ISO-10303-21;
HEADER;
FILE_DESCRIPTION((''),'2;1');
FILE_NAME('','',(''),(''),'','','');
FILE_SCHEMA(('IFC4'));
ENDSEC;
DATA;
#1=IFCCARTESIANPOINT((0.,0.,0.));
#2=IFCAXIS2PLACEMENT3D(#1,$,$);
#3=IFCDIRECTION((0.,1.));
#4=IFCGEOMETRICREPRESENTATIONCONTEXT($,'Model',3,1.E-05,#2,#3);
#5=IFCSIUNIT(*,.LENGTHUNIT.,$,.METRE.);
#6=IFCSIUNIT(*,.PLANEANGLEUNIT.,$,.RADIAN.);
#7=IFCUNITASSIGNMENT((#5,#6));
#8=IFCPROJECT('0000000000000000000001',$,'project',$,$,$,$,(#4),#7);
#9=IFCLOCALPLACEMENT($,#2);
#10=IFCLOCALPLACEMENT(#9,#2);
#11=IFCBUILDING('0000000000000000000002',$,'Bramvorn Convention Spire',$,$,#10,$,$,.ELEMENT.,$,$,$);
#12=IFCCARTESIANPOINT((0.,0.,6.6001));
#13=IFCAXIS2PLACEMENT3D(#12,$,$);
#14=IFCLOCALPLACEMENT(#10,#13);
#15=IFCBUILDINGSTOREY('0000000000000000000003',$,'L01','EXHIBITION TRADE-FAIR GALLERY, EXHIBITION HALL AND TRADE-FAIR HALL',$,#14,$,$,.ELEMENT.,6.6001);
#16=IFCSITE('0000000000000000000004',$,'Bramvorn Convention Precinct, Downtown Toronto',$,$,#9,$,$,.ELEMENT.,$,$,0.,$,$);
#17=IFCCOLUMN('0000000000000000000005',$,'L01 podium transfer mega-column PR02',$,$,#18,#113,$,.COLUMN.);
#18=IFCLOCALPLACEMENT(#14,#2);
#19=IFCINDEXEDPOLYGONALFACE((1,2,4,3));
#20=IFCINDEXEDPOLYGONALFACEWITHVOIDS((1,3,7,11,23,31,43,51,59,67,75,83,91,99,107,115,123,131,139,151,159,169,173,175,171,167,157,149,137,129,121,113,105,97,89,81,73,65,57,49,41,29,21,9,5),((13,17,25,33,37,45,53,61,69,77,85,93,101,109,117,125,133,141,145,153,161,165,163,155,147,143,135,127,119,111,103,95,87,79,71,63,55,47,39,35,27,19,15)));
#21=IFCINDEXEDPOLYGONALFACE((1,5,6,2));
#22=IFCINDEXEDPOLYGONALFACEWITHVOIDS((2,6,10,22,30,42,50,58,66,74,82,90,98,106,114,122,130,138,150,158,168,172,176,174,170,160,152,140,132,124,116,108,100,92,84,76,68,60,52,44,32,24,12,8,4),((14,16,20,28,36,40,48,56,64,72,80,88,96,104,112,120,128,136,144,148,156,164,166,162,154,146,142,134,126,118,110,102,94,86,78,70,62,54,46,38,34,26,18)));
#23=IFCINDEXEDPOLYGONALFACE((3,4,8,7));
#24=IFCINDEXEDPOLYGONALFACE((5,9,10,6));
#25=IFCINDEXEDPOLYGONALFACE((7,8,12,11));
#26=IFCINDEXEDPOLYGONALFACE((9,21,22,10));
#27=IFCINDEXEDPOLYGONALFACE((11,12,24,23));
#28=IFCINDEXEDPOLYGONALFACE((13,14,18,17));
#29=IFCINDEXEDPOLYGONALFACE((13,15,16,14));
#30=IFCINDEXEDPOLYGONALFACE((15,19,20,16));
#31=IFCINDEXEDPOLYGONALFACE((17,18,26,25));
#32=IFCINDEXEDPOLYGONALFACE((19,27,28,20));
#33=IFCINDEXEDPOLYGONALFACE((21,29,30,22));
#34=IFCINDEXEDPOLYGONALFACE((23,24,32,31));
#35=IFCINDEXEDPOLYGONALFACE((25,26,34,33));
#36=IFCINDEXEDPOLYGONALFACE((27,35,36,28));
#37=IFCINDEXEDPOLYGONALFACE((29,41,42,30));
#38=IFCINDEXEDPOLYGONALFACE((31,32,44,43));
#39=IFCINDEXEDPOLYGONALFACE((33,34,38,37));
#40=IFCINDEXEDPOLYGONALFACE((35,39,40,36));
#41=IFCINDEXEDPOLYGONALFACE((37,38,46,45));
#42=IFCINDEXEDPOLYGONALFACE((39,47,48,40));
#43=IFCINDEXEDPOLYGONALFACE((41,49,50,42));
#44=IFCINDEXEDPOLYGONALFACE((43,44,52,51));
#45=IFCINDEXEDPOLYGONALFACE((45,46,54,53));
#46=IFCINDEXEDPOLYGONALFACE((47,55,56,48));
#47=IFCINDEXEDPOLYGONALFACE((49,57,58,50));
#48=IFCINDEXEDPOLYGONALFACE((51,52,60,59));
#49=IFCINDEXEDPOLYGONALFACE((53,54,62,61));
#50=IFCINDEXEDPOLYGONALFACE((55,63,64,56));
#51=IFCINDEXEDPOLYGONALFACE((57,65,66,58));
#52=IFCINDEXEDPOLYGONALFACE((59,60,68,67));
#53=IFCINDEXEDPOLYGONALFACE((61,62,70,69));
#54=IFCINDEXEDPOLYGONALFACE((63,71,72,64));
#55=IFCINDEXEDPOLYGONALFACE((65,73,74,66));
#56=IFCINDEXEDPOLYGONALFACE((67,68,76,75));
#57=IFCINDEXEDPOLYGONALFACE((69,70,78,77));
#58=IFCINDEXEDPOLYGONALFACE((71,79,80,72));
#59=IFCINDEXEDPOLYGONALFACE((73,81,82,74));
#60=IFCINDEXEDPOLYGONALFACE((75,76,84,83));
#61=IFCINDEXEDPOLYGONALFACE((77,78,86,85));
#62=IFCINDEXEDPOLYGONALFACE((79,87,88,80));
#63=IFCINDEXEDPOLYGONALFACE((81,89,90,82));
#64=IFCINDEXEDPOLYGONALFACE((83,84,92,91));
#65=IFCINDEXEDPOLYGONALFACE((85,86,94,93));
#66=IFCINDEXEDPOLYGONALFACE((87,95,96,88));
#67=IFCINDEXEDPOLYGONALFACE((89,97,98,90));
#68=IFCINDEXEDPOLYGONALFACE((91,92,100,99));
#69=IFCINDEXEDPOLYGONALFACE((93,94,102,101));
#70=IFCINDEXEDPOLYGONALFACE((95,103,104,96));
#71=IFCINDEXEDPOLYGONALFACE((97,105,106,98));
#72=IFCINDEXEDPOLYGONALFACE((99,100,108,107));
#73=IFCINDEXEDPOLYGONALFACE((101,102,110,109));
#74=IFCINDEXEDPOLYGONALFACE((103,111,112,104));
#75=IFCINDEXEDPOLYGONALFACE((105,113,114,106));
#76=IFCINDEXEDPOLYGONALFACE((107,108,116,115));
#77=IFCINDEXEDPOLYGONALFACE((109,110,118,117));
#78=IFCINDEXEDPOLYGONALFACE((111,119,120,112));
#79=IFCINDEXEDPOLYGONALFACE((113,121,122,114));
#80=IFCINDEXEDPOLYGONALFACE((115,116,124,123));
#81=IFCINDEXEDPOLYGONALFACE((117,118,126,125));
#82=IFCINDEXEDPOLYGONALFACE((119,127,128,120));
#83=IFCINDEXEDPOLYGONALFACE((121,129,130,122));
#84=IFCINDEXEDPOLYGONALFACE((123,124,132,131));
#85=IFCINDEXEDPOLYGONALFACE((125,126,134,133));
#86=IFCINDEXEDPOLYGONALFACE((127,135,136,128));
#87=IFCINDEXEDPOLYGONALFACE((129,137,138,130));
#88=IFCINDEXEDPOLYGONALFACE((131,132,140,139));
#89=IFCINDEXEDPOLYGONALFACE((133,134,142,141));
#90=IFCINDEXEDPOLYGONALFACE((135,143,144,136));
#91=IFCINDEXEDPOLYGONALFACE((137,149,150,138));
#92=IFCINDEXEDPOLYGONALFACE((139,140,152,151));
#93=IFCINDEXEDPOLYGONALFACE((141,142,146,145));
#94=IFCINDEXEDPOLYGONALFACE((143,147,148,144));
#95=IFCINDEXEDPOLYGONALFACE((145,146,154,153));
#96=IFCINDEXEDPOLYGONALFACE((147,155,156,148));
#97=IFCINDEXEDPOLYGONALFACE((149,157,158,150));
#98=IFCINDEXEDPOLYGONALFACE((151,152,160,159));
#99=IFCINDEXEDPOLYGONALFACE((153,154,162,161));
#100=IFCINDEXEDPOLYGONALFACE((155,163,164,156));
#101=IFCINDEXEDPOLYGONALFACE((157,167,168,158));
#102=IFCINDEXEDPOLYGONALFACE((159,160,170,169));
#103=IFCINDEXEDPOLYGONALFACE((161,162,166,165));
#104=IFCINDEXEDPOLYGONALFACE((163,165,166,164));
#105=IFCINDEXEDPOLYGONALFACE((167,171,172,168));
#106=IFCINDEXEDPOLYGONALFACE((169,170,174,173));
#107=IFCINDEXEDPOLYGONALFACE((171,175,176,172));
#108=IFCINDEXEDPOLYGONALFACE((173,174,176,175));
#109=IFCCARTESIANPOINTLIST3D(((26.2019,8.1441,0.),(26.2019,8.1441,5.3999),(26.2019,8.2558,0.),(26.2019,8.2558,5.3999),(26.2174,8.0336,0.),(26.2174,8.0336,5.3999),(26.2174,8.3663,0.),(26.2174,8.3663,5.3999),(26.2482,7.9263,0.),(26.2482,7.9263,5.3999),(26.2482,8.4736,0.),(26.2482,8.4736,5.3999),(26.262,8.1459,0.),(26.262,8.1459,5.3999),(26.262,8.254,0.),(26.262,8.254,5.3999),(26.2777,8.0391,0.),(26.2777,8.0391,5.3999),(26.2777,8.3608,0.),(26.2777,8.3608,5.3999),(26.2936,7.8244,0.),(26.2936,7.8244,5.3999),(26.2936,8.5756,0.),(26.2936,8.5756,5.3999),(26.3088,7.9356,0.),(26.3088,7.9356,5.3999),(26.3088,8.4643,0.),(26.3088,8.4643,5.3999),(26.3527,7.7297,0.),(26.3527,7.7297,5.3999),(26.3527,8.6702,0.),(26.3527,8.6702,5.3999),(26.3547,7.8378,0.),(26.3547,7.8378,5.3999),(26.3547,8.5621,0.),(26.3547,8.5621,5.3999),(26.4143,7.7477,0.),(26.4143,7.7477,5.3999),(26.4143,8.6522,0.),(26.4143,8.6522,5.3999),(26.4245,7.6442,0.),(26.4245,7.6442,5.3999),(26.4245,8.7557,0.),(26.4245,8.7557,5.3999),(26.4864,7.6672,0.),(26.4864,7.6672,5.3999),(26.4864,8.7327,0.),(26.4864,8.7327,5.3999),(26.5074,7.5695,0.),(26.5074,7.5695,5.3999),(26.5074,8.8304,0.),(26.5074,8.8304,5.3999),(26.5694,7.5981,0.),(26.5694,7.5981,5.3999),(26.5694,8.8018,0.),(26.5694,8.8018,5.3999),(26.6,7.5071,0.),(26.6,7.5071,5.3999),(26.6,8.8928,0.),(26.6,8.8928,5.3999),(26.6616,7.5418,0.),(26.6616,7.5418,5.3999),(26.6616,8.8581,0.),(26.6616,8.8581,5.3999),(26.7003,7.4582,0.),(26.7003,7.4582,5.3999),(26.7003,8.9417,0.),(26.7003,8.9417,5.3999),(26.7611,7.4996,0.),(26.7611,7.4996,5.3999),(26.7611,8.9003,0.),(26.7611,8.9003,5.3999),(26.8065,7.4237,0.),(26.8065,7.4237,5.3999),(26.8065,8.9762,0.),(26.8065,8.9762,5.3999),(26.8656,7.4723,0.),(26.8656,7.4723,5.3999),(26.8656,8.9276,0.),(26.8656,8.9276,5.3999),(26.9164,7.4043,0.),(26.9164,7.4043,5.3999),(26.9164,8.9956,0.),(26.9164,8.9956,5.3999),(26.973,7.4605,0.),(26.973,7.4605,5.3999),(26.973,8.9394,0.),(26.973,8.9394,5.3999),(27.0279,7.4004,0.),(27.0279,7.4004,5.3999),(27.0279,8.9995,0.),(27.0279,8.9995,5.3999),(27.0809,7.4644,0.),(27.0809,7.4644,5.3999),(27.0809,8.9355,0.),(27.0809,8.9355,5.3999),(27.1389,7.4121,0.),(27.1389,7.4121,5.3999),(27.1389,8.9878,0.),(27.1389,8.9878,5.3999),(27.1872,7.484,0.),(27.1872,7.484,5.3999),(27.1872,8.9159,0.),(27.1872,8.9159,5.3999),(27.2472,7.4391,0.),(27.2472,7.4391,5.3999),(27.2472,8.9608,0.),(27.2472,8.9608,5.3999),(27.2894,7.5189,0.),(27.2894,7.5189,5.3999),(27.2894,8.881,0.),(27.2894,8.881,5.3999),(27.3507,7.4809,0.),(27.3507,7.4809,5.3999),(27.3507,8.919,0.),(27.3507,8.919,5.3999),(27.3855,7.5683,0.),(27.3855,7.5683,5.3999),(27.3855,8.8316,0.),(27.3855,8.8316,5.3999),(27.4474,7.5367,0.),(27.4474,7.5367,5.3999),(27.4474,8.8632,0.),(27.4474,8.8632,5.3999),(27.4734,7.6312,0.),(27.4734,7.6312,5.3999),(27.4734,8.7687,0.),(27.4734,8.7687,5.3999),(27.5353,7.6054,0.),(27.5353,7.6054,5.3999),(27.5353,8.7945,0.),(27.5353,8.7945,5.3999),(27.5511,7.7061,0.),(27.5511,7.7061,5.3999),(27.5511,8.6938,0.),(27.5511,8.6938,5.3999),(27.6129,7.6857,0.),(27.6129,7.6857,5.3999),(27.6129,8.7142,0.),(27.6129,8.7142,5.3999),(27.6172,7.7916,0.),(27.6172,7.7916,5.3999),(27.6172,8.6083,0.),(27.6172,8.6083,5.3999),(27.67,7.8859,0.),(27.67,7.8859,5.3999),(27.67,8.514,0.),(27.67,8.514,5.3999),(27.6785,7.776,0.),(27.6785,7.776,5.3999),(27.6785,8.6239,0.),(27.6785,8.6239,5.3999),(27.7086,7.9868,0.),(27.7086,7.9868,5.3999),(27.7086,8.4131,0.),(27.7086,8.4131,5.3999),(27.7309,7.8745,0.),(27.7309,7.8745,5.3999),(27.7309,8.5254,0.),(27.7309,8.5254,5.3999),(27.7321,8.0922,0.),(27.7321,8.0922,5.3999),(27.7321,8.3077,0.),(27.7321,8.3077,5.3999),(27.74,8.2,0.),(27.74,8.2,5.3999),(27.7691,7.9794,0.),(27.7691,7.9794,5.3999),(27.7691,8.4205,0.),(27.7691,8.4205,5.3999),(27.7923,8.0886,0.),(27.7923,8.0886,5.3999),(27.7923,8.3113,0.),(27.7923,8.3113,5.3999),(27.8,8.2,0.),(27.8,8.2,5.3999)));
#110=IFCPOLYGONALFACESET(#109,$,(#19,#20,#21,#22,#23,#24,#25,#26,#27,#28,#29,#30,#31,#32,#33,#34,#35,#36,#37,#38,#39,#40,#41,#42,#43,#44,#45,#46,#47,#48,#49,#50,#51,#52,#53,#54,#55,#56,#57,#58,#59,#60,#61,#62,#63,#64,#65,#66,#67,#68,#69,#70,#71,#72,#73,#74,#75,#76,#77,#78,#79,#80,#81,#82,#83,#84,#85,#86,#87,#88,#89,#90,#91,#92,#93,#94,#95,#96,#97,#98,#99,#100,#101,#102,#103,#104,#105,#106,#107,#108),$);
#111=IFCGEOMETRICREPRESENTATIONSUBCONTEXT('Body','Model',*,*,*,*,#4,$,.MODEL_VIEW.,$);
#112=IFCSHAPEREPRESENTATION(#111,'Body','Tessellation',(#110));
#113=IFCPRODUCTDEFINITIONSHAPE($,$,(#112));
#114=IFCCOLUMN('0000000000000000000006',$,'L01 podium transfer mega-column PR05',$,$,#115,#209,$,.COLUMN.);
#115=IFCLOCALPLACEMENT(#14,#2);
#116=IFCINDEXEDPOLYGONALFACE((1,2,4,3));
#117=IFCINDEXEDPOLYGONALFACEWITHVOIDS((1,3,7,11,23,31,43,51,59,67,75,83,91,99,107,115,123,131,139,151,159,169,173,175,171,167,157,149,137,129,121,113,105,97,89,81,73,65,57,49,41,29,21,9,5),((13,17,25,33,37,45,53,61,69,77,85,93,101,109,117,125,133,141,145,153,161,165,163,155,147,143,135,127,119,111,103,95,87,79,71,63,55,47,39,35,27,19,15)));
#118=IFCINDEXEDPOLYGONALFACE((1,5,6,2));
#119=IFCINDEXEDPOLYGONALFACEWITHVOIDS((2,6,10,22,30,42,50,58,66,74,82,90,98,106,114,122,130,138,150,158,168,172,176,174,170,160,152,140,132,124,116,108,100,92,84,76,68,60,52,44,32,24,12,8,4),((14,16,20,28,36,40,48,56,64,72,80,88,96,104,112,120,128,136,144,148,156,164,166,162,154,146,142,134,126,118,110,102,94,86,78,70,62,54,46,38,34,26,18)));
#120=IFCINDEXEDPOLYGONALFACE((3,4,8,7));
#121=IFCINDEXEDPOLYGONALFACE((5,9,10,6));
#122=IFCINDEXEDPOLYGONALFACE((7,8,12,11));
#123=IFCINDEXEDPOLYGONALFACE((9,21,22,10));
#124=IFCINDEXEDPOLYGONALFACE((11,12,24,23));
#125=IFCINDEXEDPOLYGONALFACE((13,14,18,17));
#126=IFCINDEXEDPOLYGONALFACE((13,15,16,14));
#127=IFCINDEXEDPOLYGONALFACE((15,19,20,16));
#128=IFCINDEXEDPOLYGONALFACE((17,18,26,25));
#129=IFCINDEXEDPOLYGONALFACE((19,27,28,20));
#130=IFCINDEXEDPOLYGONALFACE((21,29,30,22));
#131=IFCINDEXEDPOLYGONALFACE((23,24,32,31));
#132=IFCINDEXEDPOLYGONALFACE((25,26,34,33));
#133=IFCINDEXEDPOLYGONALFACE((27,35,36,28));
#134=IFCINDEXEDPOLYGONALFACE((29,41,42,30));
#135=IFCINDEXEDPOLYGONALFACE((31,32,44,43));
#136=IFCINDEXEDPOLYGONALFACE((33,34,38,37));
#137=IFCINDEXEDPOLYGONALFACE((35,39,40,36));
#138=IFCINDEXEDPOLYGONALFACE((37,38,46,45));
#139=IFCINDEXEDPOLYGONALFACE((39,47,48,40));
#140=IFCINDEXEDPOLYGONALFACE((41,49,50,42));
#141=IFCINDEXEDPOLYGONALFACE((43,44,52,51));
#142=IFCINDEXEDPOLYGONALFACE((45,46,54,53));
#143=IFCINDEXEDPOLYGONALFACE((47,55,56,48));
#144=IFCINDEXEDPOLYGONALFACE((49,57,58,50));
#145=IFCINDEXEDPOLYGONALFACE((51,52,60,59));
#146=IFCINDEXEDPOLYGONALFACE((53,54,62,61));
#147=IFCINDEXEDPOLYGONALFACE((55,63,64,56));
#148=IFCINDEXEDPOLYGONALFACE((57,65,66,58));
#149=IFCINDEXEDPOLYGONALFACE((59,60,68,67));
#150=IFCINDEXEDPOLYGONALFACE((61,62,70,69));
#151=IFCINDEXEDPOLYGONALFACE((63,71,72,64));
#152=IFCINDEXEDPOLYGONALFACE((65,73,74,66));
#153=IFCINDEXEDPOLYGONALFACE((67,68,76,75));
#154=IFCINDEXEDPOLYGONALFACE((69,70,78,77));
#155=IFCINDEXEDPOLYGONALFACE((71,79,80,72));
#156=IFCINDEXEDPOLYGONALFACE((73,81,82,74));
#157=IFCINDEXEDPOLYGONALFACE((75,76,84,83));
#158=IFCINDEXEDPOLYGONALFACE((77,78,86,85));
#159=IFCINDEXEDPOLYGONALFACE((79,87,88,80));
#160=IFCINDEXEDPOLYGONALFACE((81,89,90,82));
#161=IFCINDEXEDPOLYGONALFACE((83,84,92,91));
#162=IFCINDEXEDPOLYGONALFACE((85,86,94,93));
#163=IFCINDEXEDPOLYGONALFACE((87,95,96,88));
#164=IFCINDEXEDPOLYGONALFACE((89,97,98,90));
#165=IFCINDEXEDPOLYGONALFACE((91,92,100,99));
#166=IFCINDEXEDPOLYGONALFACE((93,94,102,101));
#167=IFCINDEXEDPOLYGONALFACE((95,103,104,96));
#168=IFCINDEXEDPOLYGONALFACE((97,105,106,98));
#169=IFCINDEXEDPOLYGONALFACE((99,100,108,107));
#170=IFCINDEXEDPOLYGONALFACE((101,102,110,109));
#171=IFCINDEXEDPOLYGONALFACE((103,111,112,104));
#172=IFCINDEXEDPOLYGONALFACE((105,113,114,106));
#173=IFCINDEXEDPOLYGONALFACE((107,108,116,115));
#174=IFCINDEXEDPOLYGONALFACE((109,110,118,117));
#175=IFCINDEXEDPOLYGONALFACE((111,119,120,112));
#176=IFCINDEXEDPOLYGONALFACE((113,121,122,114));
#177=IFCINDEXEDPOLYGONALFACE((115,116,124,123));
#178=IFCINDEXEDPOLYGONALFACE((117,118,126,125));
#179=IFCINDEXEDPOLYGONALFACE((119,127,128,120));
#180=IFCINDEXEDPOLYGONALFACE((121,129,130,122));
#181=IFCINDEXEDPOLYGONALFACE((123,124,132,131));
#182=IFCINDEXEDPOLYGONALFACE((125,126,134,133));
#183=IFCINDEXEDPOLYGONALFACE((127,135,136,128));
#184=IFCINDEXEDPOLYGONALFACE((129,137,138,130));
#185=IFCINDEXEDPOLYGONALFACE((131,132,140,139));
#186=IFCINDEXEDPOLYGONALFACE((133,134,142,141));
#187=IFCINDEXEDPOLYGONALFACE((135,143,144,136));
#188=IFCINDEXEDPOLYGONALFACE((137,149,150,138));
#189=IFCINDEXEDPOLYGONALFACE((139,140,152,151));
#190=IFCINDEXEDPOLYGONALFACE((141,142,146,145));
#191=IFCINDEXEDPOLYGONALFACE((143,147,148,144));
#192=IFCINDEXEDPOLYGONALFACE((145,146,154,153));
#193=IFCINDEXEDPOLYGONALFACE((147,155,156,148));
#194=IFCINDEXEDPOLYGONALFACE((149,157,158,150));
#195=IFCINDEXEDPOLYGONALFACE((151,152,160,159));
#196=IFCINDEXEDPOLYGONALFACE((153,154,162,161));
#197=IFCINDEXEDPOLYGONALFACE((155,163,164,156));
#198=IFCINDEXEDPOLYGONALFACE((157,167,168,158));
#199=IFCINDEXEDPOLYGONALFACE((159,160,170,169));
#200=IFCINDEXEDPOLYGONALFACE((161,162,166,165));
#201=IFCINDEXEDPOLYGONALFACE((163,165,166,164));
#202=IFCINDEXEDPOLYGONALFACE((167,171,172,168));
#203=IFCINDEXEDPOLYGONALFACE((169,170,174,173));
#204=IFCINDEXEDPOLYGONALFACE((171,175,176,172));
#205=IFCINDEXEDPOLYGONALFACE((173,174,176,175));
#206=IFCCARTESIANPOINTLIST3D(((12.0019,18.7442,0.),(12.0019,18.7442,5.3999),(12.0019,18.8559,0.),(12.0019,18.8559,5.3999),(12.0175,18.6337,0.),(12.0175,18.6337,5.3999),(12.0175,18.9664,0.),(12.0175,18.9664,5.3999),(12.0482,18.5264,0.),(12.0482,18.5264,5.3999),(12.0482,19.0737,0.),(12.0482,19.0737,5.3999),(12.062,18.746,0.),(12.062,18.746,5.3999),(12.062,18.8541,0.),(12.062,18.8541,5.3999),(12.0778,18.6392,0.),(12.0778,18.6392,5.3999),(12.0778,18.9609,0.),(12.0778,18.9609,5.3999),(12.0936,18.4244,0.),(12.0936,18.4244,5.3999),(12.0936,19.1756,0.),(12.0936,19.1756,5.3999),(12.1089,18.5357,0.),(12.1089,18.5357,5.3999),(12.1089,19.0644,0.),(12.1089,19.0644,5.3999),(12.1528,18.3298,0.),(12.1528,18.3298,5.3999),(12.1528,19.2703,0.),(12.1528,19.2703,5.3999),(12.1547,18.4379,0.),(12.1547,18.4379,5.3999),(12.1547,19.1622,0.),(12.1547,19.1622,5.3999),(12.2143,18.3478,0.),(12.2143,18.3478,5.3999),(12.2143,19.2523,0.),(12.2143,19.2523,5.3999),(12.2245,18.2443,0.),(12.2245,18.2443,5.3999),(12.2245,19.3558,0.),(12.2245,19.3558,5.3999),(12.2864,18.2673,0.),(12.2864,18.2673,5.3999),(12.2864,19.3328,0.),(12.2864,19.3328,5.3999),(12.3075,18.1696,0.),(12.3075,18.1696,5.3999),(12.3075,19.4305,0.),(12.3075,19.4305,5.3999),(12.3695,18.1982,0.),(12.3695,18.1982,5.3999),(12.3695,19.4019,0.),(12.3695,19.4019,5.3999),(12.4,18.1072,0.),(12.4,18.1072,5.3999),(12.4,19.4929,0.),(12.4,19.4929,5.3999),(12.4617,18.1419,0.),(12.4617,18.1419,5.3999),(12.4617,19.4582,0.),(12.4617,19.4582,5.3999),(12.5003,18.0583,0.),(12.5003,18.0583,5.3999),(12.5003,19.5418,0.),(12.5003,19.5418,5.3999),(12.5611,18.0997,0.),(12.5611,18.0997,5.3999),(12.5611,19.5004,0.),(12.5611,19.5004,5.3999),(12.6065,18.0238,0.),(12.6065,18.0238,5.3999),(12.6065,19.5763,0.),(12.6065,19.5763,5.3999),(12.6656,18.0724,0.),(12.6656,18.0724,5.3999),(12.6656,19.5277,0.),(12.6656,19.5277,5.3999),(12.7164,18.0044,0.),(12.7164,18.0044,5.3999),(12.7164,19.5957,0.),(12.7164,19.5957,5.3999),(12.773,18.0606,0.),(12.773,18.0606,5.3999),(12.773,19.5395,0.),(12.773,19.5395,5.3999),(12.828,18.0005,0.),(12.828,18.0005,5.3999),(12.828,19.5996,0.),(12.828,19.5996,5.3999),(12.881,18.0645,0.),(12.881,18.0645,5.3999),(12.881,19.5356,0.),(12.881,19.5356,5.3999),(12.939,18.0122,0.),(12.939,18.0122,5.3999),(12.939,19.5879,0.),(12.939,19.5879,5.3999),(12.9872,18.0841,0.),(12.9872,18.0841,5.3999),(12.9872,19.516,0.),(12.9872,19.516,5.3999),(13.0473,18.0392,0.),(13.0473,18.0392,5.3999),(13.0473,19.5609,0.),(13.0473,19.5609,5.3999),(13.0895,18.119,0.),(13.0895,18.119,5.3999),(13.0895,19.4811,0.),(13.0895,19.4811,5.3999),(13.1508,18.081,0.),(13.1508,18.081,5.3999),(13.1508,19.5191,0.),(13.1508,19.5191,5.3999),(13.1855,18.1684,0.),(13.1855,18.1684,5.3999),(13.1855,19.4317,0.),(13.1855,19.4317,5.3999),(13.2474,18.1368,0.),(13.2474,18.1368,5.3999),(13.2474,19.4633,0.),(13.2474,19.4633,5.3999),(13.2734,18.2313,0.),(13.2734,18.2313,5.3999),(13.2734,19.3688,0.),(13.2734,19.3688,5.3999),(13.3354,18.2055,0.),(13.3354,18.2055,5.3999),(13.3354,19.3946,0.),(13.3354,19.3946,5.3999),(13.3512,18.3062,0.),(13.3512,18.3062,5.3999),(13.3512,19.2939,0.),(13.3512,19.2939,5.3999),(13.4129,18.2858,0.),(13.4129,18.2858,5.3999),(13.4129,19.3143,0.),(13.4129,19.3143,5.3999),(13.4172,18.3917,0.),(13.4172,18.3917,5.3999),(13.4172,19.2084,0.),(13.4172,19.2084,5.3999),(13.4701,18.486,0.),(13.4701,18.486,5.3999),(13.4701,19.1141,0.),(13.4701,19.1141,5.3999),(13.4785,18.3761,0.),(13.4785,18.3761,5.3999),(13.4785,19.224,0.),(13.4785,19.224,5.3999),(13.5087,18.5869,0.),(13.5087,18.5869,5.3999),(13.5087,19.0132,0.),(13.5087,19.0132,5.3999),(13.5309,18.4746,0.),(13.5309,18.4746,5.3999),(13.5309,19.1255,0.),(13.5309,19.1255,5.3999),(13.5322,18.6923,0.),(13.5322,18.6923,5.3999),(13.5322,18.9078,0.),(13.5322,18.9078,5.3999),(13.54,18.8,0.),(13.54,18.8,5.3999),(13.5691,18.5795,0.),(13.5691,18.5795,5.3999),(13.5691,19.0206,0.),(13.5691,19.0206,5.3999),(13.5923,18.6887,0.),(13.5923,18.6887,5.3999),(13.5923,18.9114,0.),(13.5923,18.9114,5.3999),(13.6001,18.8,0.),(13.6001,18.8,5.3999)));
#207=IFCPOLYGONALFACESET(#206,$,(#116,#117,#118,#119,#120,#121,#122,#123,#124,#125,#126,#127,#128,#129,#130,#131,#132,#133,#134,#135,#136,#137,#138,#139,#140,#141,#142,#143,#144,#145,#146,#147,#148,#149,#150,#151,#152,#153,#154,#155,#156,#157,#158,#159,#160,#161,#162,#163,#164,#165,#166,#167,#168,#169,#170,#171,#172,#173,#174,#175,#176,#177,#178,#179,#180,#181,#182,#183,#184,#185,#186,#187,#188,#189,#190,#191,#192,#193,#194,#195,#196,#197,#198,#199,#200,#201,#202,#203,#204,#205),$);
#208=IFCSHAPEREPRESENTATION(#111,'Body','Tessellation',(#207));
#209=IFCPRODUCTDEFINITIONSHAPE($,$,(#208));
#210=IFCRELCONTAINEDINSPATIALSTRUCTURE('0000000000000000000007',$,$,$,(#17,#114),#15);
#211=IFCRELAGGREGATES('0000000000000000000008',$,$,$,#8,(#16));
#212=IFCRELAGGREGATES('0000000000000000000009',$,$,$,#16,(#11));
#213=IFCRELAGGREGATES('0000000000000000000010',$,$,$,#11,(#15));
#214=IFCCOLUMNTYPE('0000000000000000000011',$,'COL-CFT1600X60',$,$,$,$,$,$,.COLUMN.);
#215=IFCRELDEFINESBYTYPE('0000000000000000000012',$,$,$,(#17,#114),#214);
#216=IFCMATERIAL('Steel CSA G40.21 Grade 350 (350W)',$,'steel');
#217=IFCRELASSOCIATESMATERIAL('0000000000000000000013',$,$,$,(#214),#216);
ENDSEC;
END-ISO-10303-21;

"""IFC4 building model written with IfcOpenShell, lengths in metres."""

from ifc_helpers import new_model, si_unit, direction, frame, origin, origin_2d, place, context, subcontext, project, spatial, hollow_circle, extrude, material, material_profile, profile_set, type_object, element, save


model = new_model("IFC4")

# Units and contexts
model_context = context("Model", 3, precision=1e-05, world=origin(), true_north=direction((0.0, 1.0)))
body_context = subcontext(model_context, "Body", "Model", "MODEL_VIEW")
ifc_project = project(units=[si_unit("LENGTHUNIT", "METRE"), si_unit("PLANEANGLEUNIT", "RADIAN")], contexts=[model_context])

# Site, building, storey
site_placement = place(None, origin())
site = spatial("IfcSite", under=ifc_project, at=site_placement, Name="Bramvorn Convention Precinct, Downtown Toronto", CompositionType="ELEMENT", RefElevation=0.0)
building_placement = place(site_placement, origin())
building = spatial("IfcBuilding", under=site, at=building_placement, Name="Bramvorn Convention Spire", CompositionType="ELEMENT")
storey_placement = place(building_placement, frame((0.0, 0.0, 6.6001)))
storey = spatial("IfcBuildingStorey", under=building, at=storey_placement, Name="L01", Description="EXHIBITION TRADE-FAIR GALLERY, EXHIBITION HALL AND TRADE-FAIR HALL", CompositionType="ELEMENT", Elevation=6.6001)

# Columns
ifc_material_1 = material(Name="Steel CSA G40.21 Grade 350 (350W)", Category="steel")
ifc_material_profile_1 = material_profile(ifc_material_1, hollow_circle(Radius=0.8, WallThickness=0.0601, at=origin_2d()))
ifc_profile_set_1 = profile_set([ifc_material_profile_1], Name="Steel CSA G40.21 Grade 350 (350W) - CFT1600X60")
column_type_1 = type_object("IfcColumnType", Name="COL-CFT1600X60", PredefinedType="COLUMN", material=ifc_profile_set_1)
for number, where, z_axis, x_axis, name in (
    (1, (27.0, 8.2, 0.0), (0.0, 0.0, 1.0), (1.0, 0.0, 0.0), "L01 podium transfer mega-column PR02"),
    (2, (12.8, 18.8, 0.0), (0.0, 0.0, 1.0), (1.0, 0.0, 0.0), "L01 podium transfer mega-column PR05"),
):
    element("IfcColumn", number, at=place(storey_placement, frame(where, z_axis=z_axis, x_axis=x_axis)), inside=storey, type_object=column_type_1, Name=name, PredefinedType="COLUMN", context=body_context, shape_type="SweptSolid", body=[
        extrude(hollow_circle(Radius=0.8, WallThickness=0.0601, at=origin_2d()), origin(), (0.0, 0.0, 1.0), 5.3999),
    ])

save(model, "model.ifc")
